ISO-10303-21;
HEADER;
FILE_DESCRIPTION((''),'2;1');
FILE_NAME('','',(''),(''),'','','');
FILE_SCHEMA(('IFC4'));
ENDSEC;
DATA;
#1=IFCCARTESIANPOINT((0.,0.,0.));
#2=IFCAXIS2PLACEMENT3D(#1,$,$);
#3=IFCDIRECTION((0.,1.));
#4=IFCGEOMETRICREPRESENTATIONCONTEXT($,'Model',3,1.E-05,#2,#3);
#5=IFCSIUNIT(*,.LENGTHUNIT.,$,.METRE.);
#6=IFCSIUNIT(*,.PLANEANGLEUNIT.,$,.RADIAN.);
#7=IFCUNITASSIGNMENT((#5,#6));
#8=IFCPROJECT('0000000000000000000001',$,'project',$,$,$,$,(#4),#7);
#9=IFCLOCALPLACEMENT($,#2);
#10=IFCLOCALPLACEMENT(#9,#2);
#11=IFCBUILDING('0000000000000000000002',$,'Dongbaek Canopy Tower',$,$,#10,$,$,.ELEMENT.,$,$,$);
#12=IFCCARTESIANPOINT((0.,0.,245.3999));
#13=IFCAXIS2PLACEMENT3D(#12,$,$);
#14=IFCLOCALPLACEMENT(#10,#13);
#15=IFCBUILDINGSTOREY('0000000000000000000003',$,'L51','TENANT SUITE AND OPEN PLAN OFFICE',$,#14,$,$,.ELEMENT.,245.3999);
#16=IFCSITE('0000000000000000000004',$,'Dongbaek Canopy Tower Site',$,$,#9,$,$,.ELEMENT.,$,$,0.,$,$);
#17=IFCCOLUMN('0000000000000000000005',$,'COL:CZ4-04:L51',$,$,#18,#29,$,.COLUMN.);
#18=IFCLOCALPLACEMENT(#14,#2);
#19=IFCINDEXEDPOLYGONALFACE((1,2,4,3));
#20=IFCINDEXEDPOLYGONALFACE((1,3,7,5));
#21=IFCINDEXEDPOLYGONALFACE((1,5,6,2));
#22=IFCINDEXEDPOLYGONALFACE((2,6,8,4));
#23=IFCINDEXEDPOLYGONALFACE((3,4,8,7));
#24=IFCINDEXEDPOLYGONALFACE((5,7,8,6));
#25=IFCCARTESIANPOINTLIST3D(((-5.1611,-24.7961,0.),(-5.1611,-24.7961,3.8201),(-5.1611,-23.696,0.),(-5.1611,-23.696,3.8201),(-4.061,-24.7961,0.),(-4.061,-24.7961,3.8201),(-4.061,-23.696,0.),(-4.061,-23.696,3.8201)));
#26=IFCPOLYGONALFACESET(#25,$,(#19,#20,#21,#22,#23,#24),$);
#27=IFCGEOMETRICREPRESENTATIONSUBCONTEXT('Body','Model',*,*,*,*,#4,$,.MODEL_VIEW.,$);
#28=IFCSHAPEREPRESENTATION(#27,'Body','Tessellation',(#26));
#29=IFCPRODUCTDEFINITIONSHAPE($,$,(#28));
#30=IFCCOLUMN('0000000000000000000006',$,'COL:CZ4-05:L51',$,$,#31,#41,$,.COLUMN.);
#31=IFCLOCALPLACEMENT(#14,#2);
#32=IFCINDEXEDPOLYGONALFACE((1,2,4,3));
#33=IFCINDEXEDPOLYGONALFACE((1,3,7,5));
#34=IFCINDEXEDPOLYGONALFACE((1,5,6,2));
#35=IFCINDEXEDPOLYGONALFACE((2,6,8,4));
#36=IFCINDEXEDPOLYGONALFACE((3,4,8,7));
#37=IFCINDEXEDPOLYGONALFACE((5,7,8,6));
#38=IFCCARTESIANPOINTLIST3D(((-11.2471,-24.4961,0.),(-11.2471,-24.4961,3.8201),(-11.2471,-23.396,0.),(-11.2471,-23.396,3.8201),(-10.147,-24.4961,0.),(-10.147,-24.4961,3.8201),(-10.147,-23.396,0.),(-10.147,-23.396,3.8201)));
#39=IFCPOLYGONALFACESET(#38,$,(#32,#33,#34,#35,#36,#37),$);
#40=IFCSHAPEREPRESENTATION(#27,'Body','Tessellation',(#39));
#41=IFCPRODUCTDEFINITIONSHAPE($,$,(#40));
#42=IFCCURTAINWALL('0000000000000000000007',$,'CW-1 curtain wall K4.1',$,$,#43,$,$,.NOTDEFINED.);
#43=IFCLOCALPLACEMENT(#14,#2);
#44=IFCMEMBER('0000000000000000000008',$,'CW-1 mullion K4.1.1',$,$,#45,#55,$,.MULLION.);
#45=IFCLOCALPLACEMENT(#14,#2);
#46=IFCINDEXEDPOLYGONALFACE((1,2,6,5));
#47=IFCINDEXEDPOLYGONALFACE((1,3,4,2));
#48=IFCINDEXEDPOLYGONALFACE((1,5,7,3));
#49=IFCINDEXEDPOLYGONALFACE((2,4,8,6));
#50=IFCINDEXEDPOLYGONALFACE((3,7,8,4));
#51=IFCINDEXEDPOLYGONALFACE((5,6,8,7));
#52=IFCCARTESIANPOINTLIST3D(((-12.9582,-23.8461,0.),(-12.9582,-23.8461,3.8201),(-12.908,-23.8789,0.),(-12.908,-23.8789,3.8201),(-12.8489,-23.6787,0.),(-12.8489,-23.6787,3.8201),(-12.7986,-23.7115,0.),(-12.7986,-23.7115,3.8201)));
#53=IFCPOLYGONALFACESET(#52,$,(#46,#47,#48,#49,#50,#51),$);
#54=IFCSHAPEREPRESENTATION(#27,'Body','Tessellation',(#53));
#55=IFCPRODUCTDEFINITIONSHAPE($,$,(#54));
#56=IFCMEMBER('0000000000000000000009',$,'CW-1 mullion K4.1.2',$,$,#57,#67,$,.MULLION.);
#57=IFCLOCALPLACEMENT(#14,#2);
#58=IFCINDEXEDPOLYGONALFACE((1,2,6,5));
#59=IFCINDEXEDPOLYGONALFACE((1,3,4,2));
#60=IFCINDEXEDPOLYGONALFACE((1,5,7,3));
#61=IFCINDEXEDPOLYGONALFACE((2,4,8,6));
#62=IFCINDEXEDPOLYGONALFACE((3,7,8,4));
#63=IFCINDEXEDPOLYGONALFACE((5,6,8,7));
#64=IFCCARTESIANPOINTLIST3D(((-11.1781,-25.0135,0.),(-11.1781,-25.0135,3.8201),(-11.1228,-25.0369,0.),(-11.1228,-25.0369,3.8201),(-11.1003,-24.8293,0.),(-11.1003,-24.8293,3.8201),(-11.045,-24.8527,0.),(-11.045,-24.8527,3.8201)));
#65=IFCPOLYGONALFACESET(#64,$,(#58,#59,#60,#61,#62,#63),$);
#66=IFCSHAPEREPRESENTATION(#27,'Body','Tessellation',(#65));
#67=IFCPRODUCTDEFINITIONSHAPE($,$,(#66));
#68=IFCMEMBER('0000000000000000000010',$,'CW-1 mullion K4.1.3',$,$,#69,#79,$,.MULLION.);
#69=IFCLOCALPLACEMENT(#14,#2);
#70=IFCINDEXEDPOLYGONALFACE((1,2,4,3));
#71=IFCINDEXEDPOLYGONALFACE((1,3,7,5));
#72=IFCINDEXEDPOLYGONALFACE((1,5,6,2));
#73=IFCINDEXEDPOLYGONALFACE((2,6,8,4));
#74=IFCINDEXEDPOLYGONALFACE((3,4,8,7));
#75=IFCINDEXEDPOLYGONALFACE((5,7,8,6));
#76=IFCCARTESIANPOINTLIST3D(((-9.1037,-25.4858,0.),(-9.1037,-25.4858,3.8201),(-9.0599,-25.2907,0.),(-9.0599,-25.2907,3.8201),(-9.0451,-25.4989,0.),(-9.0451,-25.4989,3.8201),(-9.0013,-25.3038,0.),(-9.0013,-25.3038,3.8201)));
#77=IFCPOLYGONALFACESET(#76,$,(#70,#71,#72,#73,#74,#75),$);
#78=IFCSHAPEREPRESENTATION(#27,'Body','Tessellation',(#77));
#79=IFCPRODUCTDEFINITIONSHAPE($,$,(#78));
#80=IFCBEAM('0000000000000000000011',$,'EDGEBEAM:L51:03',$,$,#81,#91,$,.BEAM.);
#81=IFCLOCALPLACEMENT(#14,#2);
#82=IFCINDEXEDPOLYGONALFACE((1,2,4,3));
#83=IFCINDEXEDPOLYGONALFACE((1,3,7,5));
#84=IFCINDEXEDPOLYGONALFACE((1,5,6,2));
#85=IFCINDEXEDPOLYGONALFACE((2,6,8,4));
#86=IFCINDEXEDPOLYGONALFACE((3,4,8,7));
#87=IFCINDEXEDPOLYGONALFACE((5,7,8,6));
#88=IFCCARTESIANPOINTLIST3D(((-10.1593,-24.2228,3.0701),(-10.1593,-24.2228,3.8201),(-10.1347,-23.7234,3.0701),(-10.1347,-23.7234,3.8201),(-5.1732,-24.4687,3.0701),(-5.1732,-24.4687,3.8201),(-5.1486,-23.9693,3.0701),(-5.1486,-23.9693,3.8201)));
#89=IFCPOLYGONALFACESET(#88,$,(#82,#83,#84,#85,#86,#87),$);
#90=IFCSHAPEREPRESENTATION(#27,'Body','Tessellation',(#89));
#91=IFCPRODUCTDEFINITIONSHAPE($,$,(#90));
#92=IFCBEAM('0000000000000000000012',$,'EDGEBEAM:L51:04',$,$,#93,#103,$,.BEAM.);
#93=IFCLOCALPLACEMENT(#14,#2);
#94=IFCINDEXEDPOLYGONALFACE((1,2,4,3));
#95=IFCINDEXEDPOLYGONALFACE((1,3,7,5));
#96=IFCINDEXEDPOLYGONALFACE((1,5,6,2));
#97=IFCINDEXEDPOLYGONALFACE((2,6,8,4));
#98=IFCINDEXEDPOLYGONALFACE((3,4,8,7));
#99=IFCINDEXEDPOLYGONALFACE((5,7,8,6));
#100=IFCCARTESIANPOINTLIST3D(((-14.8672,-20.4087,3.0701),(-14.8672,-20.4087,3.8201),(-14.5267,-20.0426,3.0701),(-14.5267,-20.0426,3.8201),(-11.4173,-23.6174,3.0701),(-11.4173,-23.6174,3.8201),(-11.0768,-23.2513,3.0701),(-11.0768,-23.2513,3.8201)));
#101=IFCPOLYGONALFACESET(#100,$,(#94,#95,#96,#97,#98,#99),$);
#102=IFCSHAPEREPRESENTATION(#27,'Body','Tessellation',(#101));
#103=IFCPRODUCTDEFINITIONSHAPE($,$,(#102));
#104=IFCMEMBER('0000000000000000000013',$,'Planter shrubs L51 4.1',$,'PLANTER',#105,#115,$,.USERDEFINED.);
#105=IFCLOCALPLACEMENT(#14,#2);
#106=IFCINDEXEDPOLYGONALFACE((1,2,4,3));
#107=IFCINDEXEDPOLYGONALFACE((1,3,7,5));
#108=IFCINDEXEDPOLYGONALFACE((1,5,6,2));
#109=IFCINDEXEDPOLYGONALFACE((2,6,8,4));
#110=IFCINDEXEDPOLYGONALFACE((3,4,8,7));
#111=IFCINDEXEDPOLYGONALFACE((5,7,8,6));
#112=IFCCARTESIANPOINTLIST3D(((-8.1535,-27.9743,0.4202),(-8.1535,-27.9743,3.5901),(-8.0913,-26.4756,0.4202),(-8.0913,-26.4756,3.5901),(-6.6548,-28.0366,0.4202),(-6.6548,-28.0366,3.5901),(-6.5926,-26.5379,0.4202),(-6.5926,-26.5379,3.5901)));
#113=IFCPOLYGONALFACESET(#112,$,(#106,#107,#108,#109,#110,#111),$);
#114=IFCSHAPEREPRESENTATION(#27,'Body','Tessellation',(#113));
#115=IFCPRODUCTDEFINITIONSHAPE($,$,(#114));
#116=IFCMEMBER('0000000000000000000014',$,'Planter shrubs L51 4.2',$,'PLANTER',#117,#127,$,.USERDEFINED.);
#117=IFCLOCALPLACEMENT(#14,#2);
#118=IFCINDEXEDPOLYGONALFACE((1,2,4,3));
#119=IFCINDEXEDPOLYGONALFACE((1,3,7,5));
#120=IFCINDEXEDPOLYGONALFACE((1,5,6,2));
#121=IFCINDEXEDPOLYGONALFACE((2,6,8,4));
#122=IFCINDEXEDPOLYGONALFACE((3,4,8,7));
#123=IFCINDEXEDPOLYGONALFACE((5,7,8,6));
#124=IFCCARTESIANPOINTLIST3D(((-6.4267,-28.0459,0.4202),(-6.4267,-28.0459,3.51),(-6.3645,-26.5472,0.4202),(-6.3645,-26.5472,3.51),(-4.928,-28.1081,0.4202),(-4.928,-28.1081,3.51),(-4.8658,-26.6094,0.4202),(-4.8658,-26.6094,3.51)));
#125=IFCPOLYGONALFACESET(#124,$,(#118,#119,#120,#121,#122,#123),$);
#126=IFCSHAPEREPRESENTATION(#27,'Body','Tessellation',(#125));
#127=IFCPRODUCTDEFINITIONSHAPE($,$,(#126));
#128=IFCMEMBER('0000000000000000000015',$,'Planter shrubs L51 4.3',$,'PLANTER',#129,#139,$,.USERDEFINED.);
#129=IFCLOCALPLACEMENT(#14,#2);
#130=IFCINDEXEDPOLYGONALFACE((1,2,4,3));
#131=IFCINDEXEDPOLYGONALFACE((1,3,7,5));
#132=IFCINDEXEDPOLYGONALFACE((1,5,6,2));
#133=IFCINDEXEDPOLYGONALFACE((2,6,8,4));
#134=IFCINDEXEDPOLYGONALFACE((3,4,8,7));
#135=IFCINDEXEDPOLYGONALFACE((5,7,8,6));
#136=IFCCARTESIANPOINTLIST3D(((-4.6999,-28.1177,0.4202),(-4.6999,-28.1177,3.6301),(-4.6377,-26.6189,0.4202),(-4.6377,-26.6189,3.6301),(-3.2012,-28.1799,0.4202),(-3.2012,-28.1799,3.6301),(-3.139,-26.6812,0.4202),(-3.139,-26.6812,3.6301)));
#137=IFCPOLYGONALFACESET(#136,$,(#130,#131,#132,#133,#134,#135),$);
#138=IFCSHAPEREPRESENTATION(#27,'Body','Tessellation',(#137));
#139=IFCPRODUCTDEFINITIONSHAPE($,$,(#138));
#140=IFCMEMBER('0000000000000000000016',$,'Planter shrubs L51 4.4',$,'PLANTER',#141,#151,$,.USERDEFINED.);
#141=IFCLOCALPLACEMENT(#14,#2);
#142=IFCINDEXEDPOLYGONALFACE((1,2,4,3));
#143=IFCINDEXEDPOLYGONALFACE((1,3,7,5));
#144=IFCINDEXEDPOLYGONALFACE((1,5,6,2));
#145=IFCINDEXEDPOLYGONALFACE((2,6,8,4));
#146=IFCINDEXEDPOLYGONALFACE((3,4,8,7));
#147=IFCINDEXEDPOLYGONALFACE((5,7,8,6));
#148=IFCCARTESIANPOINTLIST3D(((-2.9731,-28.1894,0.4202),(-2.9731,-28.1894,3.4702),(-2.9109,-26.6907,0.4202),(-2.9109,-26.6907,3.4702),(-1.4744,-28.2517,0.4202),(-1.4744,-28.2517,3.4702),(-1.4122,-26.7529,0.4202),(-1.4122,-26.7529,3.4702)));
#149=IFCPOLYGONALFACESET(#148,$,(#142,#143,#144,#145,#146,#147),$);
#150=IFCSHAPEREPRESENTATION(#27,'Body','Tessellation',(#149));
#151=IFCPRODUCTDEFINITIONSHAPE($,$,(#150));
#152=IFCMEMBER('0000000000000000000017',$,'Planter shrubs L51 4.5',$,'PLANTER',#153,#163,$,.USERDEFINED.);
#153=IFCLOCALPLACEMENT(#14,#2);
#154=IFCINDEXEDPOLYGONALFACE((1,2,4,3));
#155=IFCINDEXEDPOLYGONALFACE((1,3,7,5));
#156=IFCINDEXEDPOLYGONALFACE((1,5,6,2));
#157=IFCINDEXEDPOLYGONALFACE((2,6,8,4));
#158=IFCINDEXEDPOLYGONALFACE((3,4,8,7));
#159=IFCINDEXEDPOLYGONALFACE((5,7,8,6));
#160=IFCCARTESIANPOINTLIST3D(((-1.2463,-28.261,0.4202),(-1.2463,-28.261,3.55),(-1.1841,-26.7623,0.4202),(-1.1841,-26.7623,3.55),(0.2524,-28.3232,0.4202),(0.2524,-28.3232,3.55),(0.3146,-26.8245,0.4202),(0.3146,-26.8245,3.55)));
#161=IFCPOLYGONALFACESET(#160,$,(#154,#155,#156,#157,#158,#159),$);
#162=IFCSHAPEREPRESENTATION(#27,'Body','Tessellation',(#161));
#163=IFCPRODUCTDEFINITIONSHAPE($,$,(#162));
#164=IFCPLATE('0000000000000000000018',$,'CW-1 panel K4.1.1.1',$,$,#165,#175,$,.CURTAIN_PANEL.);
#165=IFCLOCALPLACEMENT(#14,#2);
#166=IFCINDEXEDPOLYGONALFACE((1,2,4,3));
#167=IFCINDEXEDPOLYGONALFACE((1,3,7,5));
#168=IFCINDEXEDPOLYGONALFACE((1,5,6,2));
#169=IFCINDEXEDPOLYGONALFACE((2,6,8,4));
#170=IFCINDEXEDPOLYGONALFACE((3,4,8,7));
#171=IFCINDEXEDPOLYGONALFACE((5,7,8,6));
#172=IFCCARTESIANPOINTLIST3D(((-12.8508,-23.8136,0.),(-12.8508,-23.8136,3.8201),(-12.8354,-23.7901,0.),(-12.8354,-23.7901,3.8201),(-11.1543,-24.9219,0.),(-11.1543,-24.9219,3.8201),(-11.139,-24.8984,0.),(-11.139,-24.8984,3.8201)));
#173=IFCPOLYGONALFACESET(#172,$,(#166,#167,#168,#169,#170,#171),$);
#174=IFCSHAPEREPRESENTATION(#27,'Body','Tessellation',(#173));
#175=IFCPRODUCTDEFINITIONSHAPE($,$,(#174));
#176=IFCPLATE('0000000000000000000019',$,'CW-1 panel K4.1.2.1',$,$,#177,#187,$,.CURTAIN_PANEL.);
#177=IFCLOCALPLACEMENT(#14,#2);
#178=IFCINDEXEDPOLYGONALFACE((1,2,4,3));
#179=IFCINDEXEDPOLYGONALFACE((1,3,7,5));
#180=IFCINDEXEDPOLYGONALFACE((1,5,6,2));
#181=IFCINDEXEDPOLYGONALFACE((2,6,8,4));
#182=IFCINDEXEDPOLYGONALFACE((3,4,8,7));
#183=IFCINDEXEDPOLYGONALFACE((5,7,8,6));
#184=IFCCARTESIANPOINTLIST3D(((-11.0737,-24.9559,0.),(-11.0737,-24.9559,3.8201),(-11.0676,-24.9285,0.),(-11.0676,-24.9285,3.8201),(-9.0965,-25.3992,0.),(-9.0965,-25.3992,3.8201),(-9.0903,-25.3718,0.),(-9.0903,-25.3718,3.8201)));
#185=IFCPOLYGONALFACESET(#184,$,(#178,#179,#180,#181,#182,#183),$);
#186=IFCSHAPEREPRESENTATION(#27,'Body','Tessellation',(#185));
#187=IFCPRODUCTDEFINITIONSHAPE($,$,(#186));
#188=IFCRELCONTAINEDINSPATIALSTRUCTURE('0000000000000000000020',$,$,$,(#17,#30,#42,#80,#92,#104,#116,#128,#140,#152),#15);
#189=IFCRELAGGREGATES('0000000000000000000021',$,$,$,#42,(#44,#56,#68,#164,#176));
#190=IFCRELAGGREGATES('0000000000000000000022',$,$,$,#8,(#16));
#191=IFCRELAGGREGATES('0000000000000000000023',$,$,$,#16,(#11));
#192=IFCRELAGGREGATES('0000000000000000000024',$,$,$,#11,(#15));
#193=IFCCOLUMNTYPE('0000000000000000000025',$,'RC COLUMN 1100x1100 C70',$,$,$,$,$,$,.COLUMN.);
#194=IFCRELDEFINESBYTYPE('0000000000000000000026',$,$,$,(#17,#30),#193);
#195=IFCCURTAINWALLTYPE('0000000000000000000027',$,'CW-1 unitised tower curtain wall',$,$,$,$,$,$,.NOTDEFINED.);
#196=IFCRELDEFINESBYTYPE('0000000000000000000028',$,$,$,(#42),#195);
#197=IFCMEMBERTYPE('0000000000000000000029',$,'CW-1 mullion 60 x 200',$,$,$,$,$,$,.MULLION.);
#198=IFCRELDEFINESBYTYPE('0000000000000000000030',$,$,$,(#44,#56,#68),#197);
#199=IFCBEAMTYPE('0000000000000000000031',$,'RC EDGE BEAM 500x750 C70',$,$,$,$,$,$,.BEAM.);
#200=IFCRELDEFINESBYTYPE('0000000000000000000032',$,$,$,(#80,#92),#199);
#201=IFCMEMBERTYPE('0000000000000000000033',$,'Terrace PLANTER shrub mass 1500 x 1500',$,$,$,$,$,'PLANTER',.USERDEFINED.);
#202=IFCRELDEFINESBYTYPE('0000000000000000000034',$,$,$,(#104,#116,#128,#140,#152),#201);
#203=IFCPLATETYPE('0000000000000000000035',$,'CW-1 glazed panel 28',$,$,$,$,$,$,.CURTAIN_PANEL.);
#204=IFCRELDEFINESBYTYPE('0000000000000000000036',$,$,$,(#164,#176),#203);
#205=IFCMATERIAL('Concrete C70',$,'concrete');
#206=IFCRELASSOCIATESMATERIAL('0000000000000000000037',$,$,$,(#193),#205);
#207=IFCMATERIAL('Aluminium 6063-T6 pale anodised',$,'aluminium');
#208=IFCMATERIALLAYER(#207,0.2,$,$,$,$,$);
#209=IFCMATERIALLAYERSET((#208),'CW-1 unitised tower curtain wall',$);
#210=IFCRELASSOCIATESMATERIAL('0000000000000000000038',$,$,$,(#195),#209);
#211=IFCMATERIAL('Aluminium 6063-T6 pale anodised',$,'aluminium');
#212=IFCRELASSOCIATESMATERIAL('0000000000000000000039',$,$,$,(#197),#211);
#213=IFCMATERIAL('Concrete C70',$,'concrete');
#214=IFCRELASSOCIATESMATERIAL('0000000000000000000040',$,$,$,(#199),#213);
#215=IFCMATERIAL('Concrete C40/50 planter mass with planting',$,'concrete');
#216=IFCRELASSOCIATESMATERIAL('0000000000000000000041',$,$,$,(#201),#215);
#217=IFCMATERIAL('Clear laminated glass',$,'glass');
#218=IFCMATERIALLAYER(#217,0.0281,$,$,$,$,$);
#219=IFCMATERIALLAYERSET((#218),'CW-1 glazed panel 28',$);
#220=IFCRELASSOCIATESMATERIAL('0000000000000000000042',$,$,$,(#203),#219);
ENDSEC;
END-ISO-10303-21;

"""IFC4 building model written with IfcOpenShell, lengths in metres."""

from ifc_helpers import new_model, si_unit, direction, frame, origin, origin_2d, place, context, subcontext, project, spatial, rectangle, extrude, material, layer, layer_set, material_profile, profile_set, type_object, element, aggregate, save


model = new_model("IFC4")

# Units and contexts
model_context = context("Model", 3, precision=1e-05, world=origin(), true_north=direction((0.0, 1.0)))
body_context = subcontext(model_context, "Body", "Model", "MODEL_VIEW")
ifc_project = project(units=[si_unit("LENGTHUNIT", "METRE"), si_unit("PLANEANGLEUNIT", "RADIAN")], contexts=[model_context])

# Site, building, storey
site_placement = place(None, origin())
site = spatial("IfcSite", under=ifc_project, at=site_placement, Name="Dongbaek Canopy Tower Site", CompositionType="ELEMENT", RefElevation=0.0)
building_placement = place(site_placement, origin())
building = spatial("IfcBuilding", under=site, at=building_placement, Name="Dongbaek Canopy Tower", CompositionType="ELEMENT")
storey_placement = place(building_placement, frame((0.0, 0.0, 245.3999)))
storey = spatial("IfcBuildingStorey", under=building, at=storey_placement, Name="L51", Description="TENANT SUITE AND OPEN PLAN OFFICE", CompositionType="ELEMENT", Elevation=245.3999)

# Columns
ifc_material_1 = material(Name="Concrete C70", Category="concrete")
ifc_material_profile_1 = material_profile(ifc_material_1, rectangle(XDim=1.1001, YDim=1.1001, at=origin_2d()), Name="RC COLUMN 1100x1100 C70")
ifc_profile_set_1 = profile_set([ifc_material_profile_1], Name="Concrete C70")
column_type = type_object("IfcColumnType", Name="RC COLUMN 1100x1100 C70", PredefinedType="COLUMN", material=ifc_profile_set_1)
for number, where, z_axis, x_axis, name in (
    (1, (-4.6111, -24.2461, 0.0), (0.0, 0.0, 1.0), (1.0, 0.0, 0.0), "COL:CZ4-04:L51"),
    (2, (-10.697, -23.946, 0.0), (0.0, 0.0, 1.0), (1.0, 0.0, 0.0), "COL:CZ4-05:L51"),
):
    element("IfcColumn", number, at=place(storey_placement, frame(where, z_axis=z_axis, x_axis=x_axis)), inside=storey, type_object=column_type, Name=name, PredefinedType="COLUMN", context=body_context, shape_type="SweptSolid", body=[
        extrude(rectangle(XDim=1.1001, YDim=1.1001, at=origin_2d()), origin(), (0.0, 0.0, 1.0), 3.8201),
    ])

# Curtain wall, members
ifc_material_2 = material(Name="Aluminium 6063-T6 pale anodised", Category="aluminium")
ifc_layer_1 = layer(ifc_material_2, 0.2)
ifc_layer_set_1 = layer_set([ifc_layer_1], Name="CW-1 unitised tower curtain wall")
curtain_wall_type = type_object("IfcCurtainWallType", Name="CW-1 unitised tower curtain wall", PredefinedType="NOTDEFINED", material=ifc_layer_set_1)
curtain_wall_placement = place(storey_placement, origin())
curtain_wall = element("IfcCurtainWall", 3, at=curtain_wall_placement, inside=storey, type_object=curtain_wall_type, Name="CW-1 curtain wall K4.1", PredefinedType="NOTDEFINED")
ifc_material_3 = material(Name="Aluminium 6063-T6 pale anodised", Category="aluminium")
ifc_material_profile_2 = material_profile(ifc_material_3, rectangle(XDim=0.2, YDim=0.0601, at=origin_2d()), Name="CW-1 mullion 60 x 200")
ifc_profile_set_2 = profile_set([ifc_material_profile_2], Name="Aluminium 6063-T6 pale anodised")
member_type_1 = type_object("IfcMemberType", Name="CW-1 mullion 60 x 200", PredefinedType="MULLION", material=ifc_profile_set_2)
member_1_placement = place(storey_placement, frame((-12.8784, -23.7788, 0.0), z_axis=(0.0, 0.0, 1.0), x_axis=(-0.546938, -0.837173, 0.0)))
member_1 = element("IfcMember", 4, at=member_1_placement, type_object=member_type_1, Name="CW-1 mullion K4.1.1", PredefinedType="MULLION", context=body_context, shape_type="SweptSolid", body=[
    extrude(rectangle(XDim=0.2, YDim=0.0601, at=origin_2d()), origin(), (0.0, 0.0, 1.0), 3.8201),
])
member_2_placement = place(storey_placement, frame((-11.1116, -24.9331, 0.0), z_axis=(0.0, 0.0, 1.0), x_axis=(-0.38908, -0.921204, 0.0)))
member_2 = element("IfcMember", 5, at=member_2_placement, type_object=member_type_1, Name="CW-1 mullion K4.1.2", PredefinedType="MULLION", context=body_context, shape_type="SweptSolid", body=[
    extrude(rectangle(XDim=0.2, YDim=0.0601, at=origin_2d()), origin(), (0.0, 0.0, 1.0), 3.8201),
])
member_3_placement = place(storey_placement, frame((-9.0525, -25.3948, 0.0), z_axis=(0.0, 0.0, 1.0), x_axis=(-0.218779, -0.975774, 0.0)))
member_3 = element("IfcMember", 6, at=member_3_placement, type_object=member_type_1, Name="CW-1 mullion K4.1.3", PredefinedType="MULLION", context=body_context, shape_type="SweptSolid", body=[
    extrude(rectangle(XDim=0.2, YDim=0.0601, at=origin_2d()), origin(), (0.0, 0.0, 1.0), 3.8201),
])

# Beams
ifc_material_4 = material(Name="Concrete C70", Category="concrete")
ifc_material_profile_3 = material_profile(ifc_material_4, rectangle(XDim=0.5, YDim=0.75, at=origin_2d()), Name="RC EDGE BEAM 500x750 C70")
ifc_profile_set_3 = profile_set([ifc_material_profile_3], Name="Concrete C70")
beam_type = type_object("IfcBeamType", Name="RC EDGE BEAM 500x750 C70", PredefinedType="BEAM", material=ifc_profile_set_3)
beam_1_placement = place(storey_placement, frame((-5.1609, -24.219, 3.4451), z_axis=(-0.998787, 0.049247, 0.0), x_axis=(-0.049247, -0.998787, 0.0)))
element("IfcBeam", 7, at=beam_1_placement, inside=storey, type_object=beam_type, Name="EDGEBEAM:L51:03", PredefinedType="BEAM", context=body_context, shape_type="SweptSolid", body=[
    extrude(rectangle(XDim=0.5, YDim=0.75, at=origin_2d()), origin(), (0.0, 0.0, 1.0), 4.9922),
])
beam_2_placement = place(storey_placement, frame((-11.2471, -23.4343, 3.4451), z_axis=(-0.732241, 0.681045, 0.0), x_axis=(-0.681045, -0.732241, 0.0)))
element("IfcBeam", 8, at=beam_2_placement, inside=storey, type_object=beam_type, Name="EDGEBEAM:L51:04", PredefinedType="BEAM", context=body_context, shape_type="SweptSolid", body=[
    extrude(rectangle(XDim=0.5, YDim=0.75, at=origin_2d()), origin(), (0.0, 0.0, 1.0), 4.7114),
])

# Members
ifc_material_5 = material(Name="Concrete C40/50 planter mass with planting", Category="concrete")
ifc_material_profile_4 = material_profile(ifc_material_5, rectangle(XDim=1.5, YDim=1.5, at=origin_2d()), Name="Terrace PLANTER shrub mass 1500 x 1500")
ifc_profile_set_4 = profile_set([ifc_material_profile_4], Name="Concrete C40/50 planter mass with planting")
member_type_2 = type_object("IfcMemberType", Name="Terrace PLANTER shrub mass 1500 x 1500", ElementType="PLANTER", PredefinedType="USERDEFINED", material=ifc_profile_set_4)
member_4_placement = place(storey_placement, frame((-7.373, -27.2561, 0.4202), z_axis=(0.0, 0.0, 1.0), x_axis=(-0.041481, -0.999139, 0.0)))
element("IfcMember", 9, at=member_4_placement, inside=storey, type_object=member_type_2, Name="Planter shrubs L51 4.1", ObjectType="PLANTER", PredefinedType="USERDEFINED", context=body_context, shape_type="SweptSolid", body=[
    extrude(rectangle(XDim=1.5, YDim=1.5, at=origin_2d()), origin(), (0.0, 0.0, 1.0), 3.1699),
])
member_5_placement = place(storey_placement, frame((-5.6462, -27.3276, 0.4202), z_axis=(0.0, 0.0, 1.0), x_axis=(-0.041481, -0.999139, 0.0)))
element("IfcMember", 10, at=member_5_placement, inside=storey, type_object=member_type_2, Name="Planter shrubs L51 4.2", ObjectType="PLANTER", PredefinedType="USERDEFINED", context=body_context, shape_type="SweptSolid", body=[
    extrude(rectangle(XDim=1.5, YDim=1.5, at=origin_2d()), origin(), (0.0, 0.0, 1.0), 3.0898),
])
member_6_placement = place(storey_placement, frame((-3.9194, -27.3994, 0.4202), z_axis=(0.0, 0.0, 1.0), x_axis=(-0.041481, -0.999139, 0.0)))
element("IfcMember", 11, at=member_6_placement, inside=storey, type_object=member_type_2, Name="Planter shrubs L51 4.3", ObjectType="PLANTER", PredefinedType="USERDEFINED", context=body_context, shape_type="SweptSolid", body=[
    extrude(rectangle(XDim=1.5, YDim=1.5, at=origin_2d()), origin(), (0.0, 0.0, 1.0), 3.21),
])
member_7_placement = place(storey_placement, frame((-2.1926, -27.4712, 0.4202), z_axis=(0.0, 0.0, 1.0), x_axis=(-0.041481, -0.999139, 0.0)))
element("IfcMember", 12, at=member_7_placement, inside=storey, type_object=member_type_2, Name="Planter shrubs L51 4.4", ObjectType="PLANTER", PredefinedType="USERDEFINED", context=body_context, shape_type="SweptSolid", body=[
    extrude(rectangle(XDim=1.5, YDim=1.5, at=origin_2d()), origin(), (0.0, 0.0, 1.0), 3.05),
])
member_8_placement = place(storey_placement, frame((-0.4658, -27.5427, 0.4202), z_axis=(0.0, 0.0, 1.0), x_axis=(-0.041481, -0.999139, 0.0)))
element("IfcMember", 13, at=member_8_placement, inside=storey, type_object=member_type_2, Name="Planter shrubs L51 4.5", ObjectType="PLANTER", PredefinedType="USERDEFINED", context=body_context, shape_type="SweptSolid", body=[
    extrude(rectangle(XDim=1.5, YDim=1.5, at=origin_2d()), origin(), (0.0, 0.0, 1.0), 3.1299),
])

# Plates
ifc_material_6 = material(Name="Clear laminated glass", Category="glass")
ifc_layer_2 = layer(ifc_material_6, 0.0281)
ifc_layer_set_2 = layer_set([ifc_layer_2], Name="CW-1 glazed panel 28")
plate_type = type_object("IfcPlateType", Name="CW-1 glazed panel 28", PredefinedType="CURTAIN_PANEL", material=ifc_layer_set_2)
plate_1_placement = place(storey_placement, frame((-11.9949, -24.356, 0.0), z_axis=(0.0, 0.0, 1.0), x_axis=(0.837173, -0.546938, 0.0)))
plate_1 = element("IfcPlate", 14, at=plate_1_placement, type_object=plate_type, Name="CW-1 panel K4.1.1.1", PredefinedType="CURTAIN_PANEL", context=body_context, shape_type="SweptSolid", body=[
    extrude(rectangle(XDim=2.0264, YDim=0.0281, at=origin_2d()), origin(), (0.0, 0.0, 1.0), 3.8201),
])
plate_2_placement = place(storey_placement, frame((-10.082, -25.1638, 0.0), z_axis=(0.0, 0.0, 1.0), x_axis=(0.975774, -0.218779, 0.0)))
plate_2 = element("IfcPlate", 15, at=plate_2_placement, type_object=plate_type, Name="CW-1 panel K4.1.2.1", PredefinedType="CURTAIN_PANEL", context=body_context, shape_type="SweptSolid", body=[
    extrude(rectangle(XDim=2.0264, YDim=0.0281, at=origin_2d()), origin(), (0.0, 0.0, 1.0), 3.8201),
])
aggregate(curtain_wall, [member_1, member_2, member_3, plate_1, plate_2])

save(model, "model.ifc")
